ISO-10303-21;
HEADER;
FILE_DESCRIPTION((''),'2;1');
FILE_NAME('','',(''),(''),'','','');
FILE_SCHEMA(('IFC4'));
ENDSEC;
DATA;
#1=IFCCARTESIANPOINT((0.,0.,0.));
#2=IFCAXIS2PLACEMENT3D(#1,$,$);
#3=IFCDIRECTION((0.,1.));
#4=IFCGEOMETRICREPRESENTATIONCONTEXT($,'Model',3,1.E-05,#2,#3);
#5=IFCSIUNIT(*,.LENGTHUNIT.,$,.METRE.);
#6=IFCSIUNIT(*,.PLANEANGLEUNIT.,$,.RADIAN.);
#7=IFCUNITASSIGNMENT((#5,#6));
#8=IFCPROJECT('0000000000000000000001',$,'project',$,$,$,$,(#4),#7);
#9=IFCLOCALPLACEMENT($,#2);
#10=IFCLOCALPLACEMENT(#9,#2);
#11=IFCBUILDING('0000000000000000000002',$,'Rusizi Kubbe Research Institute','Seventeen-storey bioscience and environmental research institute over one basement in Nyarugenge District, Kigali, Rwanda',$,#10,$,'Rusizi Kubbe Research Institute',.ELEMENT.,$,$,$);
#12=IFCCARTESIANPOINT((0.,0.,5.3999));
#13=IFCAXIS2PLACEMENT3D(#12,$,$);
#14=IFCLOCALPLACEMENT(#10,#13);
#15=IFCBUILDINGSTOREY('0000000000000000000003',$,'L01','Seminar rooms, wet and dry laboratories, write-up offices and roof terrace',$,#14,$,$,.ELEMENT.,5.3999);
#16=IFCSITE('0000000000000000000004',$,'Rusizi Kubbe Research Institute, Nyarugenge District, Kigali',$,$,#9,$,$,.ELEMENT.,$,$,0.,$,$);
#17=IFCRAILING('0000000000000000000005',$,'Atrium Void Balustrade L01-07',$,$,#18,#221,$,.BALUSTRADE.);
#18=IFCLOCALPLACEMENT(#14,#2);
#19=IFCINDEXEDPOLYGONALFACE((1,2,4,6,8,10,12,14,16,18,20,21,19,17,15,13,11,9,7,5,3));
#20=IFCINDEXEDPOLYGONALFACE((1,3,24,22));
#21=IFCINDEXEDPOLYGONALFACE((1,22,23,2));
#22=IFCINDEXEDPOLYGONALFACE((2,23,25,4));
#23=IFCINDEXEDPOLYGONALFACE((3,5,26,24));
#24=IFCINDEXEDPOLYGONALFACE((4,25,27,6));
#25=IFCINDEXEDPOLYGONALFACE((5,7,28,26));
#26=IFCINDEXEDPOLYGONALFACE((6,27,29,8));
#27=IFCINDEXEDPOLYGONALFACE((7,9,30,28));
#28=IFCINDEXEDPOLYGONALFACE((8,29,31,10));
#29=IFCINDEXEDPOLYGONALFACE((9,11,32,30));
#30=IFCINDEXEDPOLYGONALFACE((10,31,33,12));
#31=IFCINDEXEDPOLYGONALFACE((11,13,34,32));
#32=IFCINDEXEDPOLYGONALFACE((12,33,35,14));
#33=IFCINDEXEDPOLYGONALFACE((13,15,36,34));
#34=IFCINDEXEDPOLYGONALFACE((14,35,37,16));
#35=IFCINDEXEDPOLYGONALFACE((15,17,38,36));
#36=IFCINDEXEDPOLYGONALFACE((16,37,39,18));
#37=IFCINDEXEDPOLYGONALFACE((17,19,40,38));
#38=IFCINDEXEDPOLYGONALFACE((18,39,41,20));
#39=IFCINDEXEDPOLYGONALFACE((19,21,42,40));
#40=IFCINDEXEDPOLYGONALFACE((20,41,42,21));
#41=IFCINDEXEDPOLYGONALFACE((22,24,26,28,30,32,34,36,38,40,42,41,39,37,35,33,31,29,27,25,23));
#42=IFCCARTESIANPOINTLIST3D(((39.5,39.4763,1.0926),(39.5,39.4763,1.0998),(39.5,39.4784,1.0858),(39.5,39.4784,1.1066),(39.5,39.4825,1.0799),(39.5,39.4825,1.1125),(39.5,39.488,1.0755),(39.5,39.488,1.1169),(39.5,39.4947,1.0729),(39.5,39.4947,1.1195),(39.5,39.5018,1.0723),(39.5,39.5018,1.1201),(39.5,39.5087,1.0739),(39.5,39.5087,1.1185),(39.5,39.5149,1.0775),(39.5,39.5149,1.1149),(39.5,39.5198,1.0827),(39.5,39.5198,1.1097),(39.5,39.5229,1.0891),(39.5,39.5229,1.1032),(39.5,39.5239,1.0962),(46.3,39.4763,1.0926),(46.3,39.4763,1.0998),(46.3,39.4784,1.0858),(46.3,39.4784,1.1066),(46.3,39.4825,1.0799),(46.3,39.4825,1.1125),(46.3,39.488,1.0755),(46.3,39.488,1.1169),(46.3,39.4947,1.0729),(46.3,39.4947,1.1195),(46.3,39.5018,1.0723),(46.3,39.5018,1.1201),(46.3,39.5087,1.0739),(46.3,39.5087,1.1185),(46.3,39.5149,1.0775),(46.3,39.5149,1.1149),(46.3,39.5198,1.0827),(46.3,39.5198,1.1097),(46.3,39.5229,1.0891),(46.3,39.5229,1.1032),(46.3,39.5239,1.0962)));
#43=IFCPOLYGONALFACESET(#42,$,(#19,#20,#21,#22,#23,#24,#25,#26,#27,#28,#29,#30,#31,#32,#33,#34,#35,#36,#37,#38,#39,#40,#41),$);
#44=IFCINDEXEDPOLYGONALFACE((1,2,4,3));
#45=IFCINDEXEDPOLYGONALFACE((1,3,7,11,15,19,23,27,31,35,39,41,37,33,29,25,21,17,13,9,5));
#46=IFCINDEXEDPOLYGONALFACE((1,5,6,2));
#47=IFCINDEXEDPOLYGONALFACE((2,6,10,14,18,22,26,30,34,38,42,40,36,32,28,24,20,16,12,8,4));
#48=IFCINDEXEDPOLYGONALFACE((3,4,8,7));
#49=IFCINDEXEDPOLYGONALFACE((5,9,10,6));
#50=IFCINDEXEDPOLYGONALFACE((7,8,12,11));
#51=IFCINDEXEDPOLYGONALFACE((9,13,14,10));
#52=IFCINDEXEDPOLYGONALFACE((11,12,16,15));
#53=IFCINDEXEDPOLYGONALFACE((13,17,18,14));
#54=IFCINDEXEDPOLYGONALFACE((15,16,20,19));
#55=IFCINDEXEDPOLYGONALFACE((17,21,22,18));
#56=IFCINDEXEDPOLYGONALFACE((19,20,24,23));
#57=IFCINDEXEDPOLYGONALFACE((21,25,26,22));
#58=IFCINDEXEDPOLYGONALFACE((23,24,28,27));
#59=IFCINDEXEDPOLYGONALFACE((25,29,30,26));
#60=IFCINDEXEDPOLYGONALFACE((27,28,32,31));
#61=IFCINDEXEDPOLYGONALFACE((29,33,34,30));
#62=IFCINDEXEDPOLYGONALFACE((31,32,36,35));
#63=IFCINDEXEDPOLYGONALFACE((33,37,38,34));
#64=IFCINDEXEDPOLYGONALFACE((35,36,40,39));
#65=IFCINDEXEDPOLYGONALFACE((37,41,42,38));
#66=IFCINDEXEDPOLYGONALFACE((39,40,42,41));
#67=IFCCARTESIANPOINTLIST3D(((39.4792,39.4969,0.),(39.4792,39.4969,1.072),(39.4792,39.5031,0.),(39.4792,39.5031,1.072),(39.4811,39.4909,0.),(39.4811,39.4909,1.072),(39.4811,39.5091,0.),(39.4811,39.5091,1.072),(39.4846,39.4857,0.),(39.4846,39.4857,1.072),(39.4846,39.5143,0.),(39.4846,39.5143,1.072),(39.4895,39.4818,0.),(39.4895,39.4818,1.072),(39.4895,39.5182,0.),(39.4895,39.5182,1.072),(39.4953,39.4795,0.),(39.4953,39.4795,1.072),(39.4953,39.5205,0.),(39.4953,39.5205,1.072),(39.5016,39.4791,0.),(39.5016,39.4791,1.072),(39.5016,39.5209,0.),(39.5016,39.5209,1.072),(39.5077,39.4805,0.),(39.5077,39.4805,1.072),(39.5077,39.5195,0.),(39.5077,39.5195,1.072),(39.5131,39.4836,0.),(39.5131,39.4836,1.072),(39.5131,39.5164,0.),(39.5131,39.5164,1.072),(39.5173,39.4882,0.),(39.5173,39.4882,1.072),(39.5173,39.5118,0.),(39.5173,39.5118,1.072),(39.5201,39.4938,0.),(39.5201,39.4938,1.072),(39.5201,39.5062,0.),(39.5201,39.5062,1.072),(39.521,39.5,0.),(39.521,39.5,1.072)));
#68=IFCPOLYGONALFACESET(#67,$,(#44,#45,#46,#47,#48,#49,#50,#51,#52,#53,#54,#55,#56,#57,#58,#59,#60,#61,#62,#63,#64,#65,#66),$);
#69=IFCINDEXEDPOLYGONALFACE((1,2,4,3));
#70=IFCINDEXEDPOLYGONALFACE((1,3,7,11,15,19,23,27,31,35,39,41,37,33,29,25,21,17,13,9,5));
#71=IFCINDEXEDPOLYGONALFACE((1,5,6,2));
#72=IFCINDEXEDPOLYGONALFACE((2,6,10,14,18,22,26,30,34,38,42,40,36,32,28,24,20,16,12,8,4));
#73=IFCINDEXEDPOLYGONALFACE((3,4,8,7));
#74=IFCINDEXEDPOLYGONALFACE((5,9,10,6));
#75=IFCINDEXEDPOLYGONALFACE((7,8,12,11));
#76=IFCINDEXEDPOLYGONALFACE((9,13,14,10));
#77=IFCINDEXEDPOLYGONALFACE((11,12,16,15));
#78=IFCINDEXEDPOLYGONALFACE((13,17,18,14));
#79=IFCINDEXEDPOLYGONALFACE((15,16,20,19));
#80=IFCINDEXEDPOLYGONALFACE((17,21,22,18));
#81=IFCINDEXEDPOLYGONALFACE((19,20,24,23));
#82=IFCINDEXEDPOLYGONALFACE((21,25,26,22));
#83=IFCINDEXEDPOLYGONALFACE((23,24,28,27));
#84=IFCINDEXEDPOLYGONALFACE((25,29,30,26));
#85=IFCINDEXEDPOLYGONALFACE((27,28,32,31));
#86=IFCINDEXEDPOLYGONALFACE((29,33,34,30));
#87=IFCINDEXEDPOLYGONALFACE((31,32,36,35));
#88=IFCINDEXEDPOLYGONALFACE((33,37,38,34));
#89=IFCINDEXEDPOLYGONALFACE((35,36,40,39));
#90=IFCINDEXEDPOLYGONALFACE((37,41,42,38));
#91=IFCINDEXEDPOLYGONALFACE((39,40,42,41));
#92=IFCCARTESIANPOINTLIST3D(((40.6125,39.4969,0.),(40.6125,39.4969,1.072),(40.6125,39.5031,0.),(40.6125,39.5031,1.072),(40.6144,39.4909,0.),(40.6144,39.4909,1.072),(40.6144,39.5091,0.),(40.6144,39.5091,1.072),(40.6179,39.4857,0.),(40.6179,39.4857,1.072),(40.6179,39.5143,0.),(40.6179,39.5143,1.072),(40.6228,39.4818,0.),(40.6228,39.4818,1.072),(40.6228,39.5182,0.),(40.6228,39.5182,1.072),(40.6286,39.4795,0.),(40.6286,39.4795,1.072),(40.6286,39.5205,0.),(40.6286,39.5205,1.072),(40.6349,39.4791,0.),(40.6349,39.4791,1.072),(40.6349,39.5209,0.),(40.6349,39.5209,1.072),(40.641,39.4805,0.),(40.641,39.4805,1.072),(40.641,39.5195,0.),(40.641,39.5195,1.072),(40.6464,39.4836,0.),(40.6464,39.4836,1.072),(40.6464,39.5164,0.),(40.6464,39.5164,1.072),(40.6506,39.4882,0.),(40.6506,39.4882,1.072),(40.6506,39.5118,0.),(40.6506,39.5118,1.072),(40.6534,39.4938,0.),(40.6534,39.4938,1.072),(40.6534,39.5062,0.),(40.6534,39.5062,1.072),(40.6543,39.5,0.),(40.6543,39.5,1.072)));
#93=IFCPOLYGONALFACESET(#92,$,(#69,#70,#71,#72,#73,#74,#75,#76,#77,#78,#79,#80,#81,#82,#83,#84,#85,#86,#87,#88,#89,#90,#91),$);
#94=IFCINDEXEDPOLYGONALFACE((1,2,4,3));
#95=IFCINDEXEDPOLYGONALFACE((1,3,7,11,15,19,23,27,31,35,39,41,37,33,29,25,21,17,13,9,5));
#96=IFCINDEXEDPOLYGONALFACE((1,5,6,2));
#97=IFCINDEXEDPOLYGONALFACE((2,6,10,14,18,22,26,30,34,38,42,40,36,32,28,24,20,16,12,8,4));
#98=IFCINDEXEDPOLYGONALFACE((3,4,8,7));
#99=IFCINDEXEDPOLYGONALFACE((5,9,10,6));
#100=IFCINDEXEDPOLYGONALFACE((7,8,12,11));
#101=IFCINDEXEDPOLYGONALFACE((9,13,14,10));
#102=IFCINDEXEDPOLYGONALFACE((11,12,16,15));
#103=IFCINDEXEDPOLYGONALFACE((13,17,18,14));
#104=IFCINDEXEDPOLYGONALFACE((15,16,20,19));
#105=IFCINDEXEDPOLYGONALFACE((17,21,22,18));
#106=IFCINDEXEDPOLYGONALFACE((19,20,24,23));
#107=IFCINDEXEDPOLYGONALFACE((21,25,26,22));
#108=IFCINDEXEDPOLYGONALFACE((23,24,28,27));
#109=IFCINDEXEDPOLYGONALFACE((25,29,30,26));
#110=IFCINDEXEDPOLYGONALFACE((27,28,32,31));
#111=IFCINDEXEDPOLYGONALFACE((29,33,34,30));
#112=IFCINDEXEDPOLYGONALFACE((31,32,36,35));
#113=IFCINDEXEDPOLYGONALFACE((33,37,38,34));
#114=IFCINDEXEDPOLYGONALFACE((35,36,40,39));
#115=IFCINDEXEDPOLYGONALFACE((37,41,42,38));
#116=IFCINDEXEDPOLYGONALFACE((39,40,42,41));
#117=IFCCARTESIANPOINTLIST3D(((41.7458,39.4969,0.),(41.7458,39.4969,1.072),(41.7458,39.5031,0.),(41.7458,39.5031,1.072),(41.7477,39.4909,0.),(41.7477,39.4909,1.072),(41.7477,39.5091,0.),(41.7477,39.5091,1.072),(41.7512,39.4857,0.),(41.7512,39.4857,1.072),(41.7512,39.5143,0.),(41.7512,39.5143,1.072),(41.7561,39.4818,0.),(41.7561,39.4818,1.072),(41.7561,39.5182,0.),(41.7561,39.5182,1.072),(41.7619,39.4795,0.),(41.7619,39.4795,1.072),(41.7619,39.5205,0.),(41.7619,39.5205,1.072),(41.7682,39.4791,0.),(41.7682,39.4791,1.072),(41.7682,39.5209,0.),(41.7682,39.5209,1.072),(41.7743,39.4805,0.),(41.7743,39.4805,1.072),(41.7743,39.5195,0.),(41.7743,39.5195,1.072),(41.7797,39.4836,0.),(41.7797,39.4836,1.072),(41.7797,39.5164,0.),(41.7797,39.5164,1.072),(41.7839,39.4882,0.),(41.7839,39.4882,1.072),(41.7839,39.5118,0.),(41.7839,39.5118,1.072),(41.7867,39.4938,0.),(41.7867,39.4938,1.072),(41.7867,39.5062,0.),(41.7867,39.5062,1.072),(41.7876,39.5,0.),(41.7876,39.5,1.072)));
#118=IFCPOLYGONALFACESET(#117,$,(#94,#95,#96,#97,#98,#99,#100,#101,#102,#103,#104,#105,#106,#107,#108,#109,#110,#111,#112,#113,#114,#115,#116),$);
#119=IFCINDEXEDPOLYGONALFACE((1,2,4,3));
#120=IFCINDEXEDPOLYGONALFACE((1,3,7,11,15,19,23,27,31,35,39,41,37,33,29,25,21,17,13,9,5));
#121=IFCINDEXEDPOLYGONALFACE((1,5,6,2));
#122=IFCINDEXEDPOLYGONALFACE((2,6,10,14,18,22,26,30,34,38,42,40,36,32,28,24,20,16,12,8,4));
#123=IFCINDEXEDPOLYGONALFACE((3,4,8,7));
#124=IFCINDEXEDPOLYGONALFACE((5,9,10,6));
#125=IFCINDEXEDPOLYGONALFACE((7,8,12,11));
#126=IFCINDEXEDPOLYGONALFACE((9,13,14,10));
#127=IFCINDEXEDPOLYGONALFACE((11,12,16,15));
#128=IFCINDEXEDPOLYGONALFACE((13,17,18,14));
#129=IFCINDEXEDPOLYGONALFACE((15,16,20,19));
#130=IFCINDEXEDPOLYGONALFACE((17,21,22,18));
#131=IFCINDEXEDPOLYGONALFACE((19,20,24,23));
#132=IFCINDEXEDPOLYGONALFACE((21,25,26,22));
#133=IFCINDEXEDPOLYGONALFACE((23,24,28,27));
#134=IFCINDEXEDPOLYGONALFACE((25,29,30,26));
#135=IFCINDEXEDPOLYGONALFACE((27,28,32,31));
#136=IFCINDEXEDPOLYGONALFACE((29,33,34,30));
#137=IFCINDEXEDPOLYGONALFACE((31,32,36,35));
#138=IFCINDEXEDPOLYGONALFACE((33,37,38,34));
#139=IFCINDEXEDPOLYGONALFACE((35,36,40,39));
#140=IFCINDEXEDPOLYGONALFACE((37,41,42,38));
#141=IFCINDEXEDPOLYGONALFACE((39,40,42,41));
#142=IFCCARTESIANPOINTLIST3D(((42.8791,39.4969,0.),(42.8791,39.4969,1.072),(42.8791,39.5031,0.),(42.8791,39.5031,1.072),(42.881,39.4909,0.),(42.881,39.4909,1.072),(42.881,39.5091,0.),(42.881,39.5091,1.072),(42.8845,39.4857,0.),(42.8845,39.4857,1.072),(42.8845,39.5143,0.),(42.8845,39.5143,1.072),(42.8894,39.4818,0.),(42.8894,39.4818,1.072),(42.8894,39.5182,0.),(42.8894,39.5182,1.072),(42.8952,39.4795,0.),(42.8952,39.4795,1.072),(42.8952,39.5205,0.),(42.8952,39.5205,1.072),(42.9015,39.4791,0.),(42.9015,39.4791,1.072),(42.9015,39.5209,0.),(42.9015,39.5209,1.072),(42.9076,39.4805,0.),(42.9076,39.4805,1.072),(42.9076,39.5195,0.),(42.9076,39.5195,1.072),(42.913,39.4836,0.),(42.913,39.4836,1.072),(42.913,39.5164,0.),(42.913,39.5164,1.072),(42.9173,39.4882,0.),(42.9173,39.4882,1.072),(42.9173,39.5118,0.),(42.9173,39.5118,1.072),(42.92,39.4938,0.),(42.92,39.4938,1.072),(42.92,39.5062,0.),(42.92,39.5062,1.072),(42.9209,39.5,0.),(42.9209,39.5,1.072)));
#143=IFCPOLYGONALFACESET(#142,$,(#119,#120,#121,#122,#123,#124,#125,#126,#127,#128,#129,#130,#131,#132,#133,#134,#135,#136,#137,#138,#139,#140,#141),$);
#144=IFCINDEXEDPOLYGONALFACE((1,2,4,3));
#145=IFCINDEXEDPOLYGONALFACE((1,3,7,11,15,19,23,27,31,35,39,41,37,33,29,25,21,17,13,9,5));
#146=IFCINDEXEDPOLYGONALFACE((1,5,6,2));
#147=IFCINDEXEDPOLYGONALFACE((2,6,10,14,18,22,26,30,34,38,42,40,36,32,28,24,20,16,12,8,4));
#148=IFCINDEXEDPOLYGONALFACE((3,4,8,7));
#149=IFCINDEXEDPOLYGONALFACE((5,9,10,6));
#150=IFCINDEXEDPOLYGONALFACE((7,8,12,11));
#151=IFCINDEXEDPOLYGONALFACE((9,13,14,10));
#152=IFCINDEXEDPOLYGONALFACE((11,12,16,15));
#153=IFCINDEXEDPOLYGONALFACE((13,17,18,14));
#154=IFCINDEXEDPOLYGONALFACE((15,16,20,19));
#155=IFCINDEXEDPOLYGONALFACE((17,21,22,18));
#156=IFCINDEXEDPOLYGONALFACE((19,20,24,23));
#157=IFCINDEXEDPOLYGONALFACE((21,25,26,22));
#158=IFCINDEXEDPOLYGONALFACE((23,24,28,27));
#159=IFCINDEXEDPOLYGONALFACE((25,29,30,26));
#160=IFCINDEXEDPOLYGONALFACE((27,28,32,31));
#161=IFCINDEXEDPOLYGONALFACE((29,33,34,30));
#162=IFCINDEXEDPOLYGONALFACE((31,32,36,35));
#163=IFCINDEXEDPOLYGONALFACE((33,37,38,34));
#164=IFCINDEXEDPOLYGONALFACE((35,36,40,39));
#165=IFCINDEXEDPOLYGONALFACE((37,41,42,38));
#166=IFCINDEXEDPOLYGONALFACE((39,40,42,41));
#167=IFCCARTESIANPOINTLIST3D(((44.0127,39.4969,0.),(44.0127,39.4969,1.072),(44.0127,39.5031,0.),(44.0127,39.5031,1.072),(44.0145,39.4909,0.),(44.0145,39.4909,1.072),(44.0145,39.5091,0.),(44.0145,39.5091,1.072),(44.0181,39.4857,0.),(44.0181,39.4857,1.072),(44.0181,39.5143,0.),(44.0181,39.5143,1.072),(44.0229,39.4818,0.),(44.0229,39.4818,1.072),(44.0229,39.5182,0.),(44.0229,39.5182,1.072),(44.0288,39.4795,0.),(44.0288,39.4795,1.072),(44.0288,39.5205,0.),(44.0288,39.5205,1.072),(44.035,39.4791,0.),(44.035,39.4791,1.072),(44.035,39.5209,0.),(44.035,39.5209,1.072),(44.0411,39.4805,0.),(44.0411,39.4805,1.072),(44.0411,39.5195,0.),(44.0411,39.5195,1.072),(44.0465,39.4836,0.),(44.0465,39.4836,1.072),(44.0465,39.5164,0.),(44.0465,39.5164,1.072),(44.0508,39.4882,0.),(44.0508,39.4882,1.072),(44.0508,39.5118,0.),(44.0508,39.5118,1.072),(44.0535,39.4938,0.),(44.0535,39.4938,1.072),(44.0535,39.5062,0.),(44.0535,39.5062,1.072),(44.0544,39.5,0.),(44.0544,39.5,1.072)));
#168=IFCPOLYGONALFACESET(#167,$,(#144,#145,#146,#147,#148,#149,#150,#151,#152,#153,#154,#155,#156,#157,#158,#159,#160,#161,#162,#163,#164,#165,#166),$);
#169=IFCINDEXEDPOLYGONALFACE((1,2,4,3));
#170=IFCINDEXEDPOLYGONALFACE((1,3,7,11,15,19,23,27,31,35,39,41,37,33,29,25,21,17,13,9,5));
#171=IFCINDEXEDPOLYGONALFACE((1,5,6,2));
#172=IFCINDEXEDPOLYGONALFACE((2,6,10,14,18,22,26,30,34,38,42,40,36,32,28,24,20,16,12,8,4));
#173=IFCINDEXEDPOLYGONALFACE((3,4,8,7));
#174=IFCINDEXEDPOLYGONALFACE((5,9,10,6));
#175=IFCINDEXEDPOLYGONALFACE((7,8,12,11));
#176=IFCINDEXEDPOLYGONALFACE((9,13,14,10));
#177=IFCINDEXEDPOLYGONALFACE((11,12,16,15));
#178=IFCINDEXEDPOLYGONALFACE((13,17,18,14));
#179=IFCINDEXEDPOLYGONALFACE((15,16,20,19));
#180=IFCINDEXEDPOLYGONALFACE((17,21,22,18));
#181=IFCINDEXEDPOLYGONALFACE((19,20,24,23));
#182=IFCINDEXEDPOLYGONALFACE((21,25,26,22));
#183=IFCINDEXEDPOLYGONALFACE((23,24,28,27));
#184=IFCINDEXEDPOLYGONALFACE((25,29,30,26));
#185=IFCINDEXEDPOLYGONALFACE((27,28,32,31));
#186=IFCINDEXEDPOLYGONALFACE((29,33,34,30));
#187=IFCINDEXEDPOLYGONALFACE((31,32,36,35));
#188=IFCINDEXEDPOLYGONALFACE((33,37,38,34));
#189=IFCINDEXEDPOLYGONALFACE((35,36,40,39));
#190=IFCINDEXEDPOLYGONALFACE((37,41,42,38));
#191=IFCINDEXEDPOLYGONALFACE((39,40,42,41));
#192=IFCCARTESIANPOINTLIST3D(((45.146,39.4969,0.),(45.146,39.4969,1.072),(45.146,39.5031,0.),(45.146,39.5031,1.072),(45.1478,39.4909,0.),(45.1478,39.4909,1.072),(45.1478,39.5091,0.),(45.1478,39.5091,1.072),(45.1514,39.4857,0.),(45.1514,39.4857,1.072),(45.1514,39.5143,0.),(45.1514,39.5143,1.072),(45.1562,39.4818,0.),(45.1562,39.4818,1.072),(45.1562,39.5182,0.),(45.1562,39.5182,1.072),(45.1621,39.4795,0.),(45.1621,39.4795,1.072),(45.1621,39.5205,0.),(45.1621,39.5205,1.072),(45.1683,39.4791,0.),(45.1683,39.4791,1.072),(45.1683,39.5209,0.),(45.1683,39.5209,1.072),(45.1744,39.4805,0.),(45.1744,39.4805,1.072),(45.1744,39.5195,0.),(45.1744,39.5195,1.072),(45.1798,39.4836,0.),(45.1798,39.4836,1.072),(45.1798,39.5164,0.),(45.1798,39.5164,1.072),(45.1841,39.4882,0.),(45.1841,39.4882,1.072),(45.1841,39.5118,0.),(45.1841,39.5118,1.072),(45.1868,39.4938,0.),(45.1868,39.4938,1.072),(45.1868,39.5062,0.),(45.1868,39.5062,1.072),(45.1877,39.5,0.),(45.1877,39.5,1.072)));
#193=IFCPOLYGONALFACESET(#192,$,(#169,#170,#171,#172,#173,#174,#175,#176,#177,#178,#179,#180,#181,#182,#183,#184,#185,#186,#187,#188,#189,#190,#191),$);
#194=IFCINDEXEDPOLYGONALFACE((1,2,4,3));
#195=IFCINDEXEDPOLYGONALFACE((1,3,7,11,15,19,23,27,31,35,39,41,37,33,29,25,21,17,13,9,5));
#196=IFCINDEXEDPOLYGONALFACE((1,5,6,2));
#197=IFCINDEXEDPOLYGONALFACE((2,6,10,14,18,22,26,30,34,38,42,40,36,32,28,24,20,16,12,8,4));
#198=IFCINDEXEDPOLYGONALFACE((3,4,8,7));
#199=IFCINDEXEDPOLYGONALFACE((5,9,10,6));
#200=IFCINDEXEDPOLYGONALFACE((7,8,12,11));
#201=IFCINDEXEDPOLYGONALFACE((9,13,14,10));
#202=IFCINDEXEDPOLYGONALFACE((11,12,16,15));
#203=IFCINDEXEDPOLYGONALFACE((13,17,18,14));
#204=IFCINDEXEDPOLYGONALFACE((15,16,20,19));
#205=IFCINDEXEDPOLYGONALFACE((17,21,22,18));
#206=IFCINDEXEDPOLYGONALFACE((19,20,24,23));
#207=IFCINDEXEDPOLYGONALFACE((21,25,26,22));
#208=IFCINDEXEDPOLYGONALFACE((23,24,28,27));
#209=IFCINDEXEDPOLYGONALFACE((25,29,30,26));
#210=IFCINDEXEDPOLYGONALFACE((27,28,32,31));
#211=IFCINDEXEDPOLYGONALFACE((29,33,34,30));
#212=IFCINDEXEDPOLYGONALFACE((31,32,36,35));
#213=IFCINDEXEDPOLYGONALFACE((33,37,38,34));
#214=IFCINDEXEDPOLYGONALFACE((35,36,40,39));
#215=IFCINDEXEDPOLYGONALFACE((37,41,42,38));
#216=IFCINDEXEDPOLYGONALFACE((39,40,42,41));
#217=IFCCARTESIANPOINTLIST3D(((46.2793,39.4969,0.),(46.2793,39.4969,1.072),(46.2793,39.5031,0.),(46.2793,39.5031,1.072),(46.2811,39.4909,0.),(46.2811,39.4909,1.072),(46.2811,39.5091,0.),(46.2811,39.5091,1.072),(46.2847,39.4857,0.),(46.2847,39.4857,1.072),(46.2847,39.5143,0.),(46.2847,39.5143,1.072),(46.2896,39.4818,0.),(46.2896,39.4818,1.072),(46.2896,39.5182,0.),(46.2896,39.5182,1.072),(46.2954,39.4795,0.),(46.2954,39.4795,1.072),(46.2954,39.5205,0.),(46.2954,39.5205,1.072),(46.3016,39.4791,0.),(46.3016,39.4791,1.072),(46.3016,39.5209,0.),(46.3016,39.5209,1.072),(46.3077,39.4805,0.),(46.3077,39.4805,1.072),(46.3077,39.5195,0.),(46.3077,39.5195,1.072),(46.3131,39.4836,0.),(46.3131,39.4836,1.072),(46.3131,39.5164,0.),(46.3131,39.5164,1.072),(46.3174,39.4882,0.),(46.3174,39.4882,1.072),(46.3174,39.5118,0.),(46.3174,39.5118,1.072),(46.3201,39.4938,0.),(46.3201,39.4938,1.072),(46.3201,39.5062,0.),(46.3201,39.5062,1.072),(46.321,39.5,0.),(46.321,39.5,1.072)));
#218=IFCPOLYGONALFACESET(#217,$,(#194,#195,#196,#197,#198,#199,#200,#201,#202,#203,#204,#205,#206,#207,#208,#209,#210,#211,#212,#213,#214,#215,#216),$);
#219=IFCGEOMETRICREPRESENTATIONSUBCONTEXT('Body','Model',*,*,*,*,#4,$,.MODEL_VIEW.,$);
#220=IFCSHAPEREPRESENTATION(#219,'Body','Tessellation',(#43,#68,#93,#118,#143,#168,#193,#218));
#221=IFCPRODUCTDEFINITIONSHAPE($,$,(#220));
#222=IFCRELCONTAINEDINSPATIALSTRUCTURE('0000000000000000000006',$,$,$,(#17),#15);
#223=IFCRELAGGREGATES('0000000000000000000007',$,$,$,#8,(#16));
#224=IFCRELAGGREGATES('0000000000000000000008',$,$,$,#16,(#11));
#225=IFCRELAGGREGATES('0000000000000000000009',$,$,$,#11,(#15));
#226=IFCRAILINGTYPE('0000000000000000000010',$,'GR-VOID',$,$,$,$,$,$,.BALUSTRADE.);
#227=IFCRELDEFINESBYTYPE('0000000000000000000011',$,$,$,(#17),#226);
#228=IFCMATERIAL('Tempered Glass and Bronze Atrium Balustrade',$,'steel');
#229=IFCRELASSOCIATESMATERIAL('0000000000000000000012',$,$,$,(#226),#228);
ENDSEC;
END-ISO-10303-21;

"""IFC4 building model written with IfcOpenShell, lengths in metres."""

from ifc_helpers import new_model, si_unit, direction, frame, origin, origin_2d, place, context, subcontext, project, spatial, circle, extrude, material, type_object, element, save


model = new_model("IFC4")

# Units and contexts
model_context = context("Model", 3, precision=1e-05, world=origin(), true_north=direction((0.0, 1.0)))
body_context = subcontext(model_context, "Body", "Model", "MODEL_VIEW")
ifc_project = project(units=[si_unit("LENGTHUNIT", "METRE"), si_unit("PLANEANGLEUNIT", "RADIAN")], contexts=[model_context])

# Site, building, storey
site_placement = place(None, origin())
site = spatial("IfcSite", under=ifc_project, at=site_placement, Name="Rusizi Kubbe Research Institute, Nyarugenge District, Kigali", CompositionType="ELEMENT", RefElevation=0.0)
building_placement = place(site_placement, origin())
building = spatial("IfcBuilding", under=site, at=building_placement, Name="Rusizi Kubbe Research Institute", Description="Seventeen-storey bioscience and environmental research institute over one basement in Nyarugenge District, Kigali, Rwanda", LongName="Rusizi Kubbe Research Institute", CompositionType="ELEMENT")
storey_placement = place(building_placement, frame((0.0, 0.0, 5.3999)))
storey = spatial("IfcBuildingStorey", under=building, at=storey_placement, Name="L01", Description="Seminar rooms, wet and dry laboratories, write-up offices and roof terrace", CompositionType="ELEMENT", Elevation=5.3999)

# Railing
ifc_material_1 = material(Name="Tempered Glass and Bronze Atrium Balustrade", Category="steel")
railing_type = type_object("IfcRailingType", Name="GR-VOID", PredefinedType="BALUSTRADE", material=ifc_material_1)
railing_1_placement = place(storey_placement, frame((39.5, 39.5, 0.0)))
element("IfcRailing", 1, at=railing_1_placement, inside=storey, type_object=railing_type, Name="Atrium Void Balustrade L01-07", PredefinedType="BALUSTRADE", context=body_context, shape_type="SweptSolid", body=[
    extrude(circle(Radius=0.0239, at=origin_2d()), frame((0.0, 0.0, 1.0962), z_axis=(1.0, 0.0, 0.0), x_axis=(0.0, 1.0, 0.0)), (0.0, 0.0, 1.0), 6.8),
    extrude(circle(Radius=0.021, at=origin_2d()), origin(), (0.0, 0.0, 1.0), 1.072),
    extrude(circle(Radius=0.021, at=origin_2d()), frame((1.1333, 0.0, 0.0)), (0.0, 0.0, 1.0), 1.072),
    extrude(circle(Radius=0.021, at=origin_2d()), frame((2.2666, 0.0, 0.0)), (0.0, 0.0, 1.0), 1.072),
    extrude(circle(Radius=0.021, at=origin_2d()), frame((3.3999, 0.0, 0.0)), (0.0, 0.0, 1.0), 1.072),
    extrude(circle(Radius=0.021, at=origin_2d()), frame((4.5334, 0.0, 0.0)), (0.0, 0.0, 1.0), 1.072),
    extrude(circle(Radius=0.021, at=origin_2d()), frame((5.6667, 0.0, 0.0)), (0.0, 0.0, 1.0), 1.072),
    extrude(circle(Radius=0.021, at=origin_2d()), frame((6.8, 0.0, 0.0)), (0.0, 0.0, 1.0), 1.072),
])

save(model, "model.ifc")
